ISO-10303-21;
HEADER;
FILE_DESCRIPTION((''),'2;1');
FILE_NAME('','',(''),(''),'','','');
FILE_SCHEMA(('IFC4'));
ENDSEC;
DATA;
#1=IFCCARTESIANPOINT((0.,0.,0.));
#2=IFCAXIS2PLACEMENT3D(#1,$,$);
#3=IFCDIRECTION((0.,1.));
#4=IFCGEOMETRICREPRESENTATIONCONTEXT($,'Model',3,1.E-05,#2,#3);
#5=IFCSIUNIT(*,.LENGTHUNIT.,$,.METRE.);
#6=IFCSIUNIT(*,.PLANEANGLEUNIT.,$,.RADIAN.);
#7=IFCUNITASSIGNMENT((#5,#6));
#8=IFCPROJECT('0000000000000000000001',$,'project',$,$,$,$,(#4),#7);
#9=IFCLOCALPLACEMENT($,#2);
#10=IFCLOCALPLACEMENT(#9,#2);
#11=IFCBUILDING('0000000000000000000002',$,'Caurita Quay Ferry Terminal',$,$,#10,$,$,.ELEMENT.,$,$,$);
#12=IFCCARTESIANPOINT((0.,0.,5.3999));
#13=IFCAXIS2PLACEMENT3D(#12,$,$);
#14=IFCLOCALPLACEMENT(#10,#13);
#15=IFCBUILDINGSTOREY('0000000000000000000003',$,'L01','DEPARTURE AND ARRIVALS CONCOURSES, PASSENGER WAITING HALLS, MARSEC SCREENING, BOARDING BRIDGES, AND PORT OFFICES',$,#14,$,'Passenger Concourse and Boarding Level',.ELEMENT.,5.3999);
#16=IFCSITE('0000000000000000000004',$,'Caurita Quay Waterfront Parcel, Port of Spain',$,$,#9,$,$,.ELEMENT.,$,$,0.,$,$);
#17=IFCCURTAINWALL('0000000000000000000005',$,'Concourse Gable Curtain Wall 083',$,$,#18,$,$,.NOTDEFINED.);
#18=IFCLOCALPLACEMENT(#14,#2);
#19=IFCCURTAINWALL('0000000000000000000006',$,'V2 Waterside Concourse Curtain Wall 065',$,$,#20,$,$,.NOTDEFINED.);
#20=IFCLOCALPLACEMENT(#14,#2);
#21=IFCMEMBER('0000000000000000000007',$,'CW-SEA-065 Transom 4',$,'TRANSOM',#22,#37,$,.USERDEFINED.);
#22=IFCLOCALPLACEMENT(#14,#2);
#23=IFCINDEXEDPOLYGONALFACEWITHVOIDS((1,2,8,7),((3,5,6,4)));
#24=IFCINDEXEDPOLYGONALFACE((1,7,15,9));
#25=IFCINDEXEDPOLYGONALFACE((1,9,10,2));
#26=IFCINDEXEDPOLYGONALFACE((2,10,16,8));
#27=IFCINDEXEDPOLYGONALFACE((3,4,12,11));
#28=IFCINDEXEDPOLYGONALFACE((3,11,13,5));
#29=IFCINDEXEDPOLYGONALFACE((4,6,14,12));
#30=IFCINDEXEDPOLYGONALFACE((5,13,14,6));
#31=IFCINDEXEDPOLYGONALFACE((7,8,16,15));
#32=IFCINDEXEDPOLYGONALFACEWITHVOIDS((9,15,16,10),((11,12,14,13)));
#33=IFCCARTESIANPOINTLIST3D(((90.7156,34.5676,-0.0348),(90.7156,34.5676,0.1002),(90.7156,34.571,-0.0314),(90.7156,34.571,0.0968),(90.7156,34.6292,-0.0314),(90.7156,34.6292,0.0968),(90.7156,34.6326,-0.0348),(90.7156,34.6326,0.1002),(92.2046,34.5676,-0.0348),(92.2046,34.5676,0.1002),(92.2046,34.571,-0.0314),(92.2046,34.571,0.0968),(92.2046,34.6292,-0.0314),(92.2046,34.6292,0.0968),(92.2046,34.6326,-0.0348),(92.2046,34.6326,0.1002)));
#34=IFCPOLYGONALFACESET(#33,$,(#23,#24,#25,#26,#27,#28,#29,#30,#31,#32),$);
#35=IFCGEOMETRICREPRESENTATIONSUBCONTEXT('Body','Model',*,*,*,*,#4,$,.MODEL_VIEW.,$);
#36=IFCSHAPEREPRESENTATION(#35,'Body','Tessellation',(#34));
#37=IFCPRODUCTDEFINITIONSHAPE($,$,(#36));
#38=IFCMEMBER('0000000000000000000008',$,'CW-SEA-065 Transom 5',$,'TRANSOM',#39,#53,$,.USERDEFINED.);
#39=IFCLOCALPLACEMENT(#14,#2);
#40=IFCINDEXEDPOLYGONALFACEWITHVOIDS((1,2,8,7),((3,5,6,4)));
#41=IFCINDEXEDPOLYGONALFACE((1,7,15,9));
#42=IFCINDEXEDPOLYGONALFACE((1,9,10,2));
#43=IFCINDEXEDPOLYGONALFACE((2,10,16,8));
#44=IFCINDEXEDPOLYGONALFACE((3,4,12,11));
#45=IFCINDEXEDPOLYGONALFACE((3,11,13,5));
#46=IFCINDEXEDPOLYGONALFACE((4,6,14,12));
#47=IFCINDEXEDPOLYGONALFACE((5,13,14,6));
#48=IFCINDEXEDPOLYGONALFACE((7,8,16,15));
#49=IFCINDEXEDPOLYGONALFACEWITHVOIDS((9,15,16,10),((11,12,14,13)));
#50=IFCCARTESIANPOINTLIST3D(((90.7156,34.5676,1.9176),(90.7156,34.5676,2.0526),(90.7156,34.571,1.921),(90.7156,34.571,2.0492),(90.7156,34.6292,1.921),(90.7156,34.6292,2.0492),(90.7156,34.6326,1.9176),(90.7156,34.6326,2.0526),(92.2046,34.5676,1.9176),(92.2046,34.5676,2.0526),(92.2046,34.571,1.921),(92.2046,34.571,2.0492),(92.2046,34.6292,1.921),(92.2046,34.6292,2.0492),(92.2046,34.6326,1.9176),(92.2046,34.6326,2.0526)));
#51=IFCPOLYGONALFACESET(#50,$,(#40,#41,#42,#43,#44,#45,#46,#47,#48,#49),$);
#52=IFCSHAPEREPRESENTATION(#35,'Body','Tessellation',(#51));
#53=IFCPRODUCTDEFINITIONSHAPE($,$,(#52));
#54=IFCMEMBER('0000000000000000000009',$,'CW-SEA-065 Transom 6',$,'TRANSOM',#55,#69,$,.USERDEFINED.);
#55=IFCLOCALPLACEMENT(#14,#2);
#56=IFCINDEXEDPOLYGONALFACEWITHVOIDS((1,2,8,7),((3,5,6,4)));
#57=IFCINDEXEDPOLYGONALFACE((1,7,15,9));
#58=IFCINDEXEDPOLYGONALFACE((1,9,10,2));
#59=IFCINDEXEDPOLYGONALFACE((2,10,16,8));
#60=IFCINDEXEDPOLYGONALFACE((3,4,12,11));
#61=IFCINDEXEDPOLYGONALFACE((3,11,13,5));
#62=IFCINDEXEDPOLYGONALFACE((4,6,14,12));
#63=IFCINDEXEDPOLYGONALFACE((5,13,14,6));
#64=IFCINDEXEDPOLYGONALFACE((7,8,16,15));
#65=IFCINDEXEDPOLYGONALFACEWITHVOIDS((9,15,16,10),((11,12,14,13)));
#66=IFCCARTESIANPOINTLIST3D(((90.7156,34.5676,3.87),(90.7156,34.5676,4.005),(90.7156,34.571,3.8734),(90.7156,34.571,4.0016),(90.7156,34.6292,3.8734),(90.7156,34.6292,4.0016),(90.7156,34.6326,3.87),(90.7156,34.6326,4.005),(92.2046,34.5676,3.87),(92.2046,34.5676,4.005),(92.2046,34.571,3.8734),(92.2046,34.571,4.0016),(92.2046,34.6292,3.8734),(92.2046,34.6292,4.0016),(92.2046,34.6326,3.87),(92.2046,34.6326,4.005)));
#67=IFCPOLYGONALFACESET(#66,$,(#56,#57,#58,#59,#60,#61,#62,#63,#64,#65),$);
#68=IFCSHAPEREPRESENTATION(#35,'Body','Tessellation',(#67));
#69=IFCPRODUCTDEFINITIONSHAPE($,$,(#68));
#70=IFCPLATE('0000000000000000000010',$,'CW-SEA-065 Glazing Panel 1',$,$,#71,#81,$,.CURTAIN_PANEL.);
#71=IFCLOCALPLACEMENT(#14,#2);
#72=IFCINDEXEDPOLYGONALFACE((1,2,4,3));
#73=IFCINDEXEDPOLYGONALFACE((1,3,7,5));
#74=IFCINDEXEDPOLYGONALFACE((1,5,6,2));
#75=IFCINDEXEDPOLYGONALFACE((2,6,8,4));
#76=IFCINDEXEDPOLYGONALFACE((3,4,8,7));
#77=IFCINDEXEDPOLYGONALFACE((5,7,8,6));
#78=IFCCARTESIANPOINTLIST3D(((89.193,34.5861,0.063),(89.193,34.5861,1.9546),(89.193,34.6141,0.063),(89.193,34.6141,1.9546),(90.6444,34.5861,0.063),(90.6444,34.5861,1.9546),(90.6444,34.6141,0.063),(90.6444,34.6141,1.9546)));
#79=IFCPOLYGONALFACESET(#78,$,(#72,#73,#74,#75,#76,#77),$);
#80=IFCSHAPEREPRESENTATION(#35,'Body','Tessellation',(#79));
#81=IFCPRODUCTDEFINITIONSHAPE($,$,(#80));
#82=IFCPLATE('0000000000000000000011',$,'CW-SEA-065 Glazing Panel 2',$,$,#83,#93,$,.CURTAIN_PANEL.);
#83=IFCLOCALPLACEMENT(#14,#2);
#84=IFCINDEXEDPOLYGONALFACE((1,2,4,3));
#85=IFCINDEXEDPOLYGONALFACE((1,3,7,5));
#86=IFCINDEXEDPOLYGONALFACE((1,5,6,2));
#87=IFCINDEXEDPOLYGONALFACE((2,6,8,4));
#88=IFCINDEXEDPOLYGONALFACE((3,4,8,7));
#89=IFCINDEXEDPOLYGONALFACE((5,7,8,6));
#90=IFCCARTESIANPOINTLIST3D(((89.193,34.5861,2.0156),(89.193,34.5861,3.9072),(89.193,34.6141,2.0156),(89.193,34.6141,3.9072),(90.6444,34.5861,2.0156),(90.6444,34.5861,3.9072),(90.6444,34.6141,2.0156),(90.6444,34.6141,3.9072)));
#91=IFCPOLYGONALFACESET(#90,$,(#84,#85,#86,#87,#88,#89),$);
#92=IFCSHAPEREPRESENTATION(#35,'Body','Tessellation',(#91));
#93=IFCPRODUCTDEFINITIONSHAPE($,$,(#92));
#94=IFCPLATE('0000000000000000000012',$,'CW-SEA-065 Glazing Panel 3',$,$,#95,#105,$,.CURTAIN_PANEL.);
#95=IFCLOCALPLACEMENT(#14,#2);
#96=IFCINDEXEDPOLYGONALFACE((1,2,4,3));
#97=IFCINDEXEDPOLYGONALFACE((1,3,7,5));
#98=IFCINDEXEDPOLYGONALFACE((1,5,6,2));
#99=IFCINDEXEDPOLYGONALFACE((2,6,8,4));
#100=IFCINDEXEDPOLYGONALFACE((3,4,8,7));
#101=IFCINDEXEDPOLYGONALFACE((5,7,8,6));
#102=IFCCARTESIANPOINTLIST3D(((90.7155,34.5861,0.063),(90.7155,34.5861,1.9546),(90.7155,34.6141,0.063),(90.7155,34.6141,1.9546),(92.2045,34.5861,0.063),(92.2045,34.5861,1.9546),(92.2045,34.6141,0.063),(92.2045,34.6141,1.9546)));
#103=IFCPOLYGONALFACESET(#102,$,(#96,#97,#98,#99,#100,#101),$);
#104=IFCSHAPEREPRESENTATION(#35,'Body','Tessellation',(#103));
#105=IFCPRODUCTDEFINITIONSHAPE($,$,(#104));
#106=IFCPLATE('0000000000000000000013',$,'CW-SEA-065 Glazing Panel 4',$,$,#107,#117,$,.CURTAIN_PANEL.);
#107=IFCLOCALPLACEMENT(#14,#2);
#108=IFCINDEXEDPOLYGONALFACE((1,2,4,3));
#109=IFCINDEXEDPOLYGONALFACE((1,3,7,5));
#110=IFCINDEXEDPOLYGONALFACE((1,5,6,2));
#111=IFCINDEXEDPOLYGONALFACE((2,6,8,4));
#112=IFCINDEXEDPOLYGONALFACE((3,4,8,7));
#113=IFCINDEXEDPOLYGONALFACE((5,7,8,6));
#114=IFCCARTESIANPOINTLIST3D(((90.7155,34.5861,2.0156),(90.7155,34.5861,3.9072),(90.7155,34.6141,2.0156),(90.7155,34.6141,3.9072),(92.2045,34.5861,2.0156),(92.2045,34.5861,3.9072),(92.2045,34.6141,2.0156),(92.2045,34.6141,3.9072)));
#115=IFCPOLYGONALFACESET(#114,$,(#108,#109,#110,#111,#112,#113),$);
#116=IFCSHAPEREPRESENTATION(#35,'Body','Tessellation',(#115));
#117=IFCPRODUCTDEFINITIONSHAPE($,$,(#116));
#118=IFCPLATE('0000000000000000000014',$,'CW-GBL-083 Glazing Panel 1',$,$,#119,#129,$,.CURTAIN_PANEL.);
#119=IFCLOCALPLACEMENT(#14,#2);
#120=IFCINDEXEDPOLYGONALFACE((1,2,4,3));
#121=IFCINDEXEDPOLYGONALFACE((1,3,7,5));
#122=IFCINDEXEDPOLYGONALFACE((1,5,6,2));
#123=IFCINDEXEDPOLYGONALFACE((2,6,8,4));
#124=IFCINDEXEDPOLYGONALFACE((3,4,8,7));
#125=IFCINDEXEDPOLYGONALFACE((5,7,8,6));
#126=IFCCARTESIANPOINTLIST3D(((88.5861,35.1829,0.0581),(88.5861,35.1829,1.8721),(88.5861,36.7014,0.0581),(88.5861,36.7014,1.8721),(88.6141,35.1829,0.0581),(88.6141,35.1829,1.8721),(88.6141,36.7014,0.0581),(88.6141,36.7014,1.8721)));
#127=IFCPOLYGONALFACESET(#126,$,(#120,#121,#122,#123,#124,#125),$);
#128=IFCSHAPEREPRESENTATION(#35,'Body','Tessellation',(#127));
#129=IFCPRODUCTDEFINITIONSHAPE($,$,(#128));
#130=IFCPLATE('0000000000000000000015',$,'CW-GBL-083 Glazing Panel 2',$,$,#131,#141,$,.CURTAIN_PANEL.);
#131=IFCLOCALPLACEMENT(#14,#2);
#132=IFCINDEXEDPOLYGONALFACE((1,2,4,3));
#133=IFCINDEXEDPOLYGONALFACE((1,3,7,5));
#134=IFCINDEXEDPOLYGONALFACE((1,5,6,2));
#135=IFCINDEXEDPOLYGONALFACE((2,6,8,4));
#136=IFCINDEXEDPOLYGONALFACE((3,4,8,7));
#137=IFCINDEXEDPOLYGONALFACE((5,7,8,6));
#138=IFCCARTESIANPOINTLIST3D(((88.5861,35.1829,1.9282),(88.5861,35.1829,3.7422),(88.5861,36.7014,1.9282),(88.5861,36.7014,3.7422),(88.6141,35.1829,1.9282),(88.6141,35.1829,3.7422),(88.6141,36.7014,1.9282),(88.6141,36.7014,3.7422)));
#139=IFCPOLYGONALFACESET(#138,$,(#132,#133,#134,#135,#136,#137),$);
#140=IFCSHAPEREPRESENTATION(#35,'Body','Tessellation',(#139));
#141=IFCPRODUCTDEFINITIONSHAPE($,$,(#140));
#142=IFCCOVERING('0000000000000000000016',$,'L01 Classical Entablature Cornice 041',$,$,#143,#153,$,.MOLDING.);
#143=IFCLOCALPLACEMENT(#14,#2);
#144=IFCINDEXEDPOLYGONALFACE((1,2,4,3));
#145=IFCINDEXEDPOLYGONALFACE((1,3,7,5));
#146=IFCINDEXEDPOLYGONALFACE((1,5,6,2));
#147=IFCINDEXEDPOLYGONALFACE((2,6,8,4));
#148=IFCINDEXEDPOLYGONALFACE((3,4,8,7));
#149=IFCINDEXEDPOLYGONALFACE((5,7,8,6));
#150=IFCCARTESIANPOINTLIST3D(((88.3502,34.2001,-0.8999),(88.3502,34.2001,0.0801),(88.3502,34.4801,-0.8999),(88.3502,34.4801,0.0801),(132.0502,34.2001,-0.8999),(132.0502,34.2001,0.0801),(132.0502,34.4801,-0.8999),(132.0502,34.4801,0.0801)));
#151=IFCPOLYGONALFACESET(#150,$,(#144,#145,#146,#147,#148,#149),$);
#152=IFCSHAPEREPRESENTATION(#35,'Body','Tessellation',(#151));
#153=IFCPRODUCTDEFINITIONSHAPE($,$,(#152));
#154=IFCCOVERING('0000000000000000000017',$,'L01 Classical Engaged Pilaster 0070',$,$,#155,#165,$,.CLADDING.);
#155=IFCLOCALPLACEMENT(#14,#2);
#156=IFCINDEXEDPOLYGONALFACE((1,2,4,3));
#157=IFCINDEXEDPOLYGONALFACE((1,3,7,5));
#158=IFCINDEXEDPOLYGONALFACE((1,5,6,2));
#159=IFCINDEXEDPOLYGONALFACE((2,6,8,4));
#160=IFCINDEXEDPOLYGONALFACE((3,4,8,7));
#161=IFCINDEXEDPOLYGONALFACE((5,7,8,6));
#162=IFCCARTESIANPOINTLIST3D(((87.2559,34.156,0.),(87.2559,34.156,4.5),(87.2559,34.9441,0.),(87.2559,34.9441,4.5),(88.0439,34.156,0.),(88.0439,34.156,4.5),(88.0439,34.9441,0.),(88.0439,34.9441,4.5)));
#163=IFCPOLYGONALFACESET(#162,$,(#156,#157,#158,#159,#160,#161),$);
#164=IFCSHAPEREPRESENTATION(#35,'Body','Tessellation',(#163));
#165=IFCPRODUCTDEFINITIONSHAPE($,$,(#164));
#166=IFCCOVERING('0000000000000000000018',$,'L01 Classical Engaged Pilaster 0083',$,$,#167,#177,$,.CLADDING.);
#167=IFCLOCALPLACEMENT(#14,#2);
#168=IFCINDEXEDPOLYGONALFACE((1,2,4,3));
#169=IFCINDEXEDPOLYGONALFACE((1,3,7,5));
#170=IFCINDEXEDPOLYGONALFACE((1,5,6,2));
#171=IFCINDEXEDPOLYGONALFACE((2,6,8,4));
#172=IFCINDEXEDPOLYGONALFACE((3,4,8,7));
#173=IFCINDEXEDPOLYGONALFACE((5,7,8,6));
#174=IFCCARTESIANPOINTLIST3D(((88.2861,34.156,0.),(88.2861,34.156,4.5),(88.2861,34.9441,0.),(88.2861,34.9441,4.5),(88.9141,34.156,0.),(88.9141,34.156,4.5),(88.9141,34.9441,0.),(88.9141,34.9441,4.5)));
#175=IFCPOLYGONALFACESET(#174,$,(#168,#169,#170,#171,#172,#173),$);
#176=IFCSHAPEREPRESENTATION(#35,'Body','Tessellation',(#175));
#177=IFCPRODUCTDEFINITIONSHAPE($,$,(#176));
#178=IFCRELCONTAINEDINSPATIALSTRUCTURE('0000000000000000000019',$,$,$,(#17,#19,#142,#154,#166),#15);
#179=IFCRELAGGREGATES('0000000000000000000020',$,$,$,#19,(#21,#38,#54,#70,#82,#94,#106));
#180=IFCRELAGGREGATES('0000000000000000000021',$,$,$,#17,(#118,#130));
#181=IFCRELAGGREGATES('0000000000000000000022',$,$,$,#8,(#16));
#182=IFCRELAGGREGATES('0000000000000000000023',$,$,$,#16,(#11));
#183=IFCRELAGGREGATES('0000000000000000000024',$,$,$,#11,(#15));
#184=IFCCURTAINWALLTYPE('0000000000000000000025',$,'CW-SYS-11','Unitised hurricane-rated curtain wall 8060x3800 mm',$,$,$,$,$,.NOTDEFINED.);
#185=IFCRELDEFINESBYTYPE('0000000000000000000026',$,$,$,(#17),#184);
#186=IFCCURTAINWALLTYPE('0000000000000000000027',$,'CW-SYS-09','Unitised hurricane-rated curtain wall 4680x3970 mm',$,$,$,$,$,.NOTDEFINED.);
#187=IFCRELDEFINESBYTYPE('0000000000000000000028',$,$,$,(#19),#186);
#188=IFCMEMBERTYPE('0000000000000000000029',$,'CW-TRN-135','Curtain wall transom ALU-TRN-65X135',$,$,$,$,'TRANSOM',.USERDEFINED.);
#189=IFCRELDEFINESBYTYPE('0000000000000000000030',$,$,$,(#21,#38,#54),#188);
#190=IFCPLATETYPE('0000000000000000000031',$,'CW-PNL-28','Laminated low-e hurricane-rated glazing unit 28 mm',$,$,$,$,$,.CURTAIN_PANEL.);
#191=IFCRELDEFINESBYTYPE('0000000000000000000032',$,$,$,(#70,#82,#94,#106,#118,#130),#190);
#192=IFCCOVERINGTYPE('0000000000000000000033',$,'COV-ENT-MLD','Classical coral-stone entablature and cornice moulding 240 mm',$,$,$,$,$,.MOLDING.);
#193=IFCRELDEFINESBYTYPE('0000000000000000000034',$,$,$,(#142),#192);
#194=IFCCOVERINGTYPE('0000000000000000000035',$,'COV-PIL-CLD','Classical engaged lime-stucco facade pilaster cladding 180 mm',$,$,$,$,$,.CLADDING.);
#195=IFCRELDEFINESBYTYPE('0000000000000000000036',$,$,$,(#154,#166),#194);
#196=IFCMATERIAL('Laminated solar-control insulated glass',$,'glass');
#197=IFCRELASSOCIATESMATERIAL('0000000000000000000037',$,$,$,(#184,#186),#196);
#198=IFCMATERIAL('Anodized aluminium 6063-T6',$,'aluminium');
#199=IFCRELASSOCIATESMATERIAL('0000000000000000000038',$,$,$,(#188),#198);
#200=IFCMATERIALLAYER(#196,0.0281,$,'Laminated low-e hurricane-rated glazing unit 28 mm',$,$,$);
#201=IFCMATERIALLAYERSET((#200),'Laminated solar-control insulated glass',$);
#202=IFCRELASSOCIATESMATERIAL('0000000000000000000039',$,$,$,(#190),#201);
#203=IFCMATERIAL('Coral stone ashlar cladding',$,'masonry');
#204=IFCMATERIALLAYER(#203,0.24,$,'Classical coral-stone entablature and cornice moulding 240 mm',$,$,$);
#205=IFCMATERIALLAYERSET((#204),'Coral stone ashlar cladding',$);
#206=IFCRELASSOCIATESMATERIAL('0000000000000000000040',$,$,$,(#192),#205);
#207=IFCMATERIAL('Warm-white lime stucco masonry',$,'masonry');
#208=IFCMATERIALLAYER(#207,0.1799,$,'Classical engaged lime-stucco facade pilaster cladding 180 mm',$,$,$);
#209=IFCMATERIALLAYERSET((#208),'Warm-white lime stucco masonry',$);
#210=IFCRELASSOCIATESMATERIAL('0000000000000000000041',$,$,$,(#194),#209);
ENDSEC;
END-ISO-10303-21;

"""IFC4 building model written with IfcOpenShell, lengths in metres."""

from ifc_helpers import new_model, si_unit, direction, frame, frame_2d, origin, origin_2d, place, context, subcontext, project, spatial, rectangle, hollow_rectangle, extrude, material, layer, layer_set, material_profile, profile_set, type_object, element, aggregate, save


model = new_model("IFC4")

# Units and contexts
model_context = context("Model", 3, precision=1e-05, world=origin(), true_north=direction((0.0, 1.0)))
body_context = subcontext(model_context, "Body", "Model", "MODEL_VIEW")
ifc_project = project(units=[si_unit("LENGTHUNIT", "METRE"), si_unit("PLANEANGLEUNIT", "RADIAN")], contexts=[model_context])

# Site, building, storey
site_placement = place(None, origin())
site = spatial("IfcSite", under=ifc_project, at=site_placement, Name="Caurita Quay Waterfront Parcel, Port of Spain", CompositionType="ELEMENT", RefElevation=0.0)
building_placement = place(site_placement, origin())
building = spatial("IfcBuilding", under=site, at=building_placement, Name="Caurita Quay Ferry Terminal", CompositionType="ELEMENT")
storey_placement = place(building_placement, frame((0.0, 0.0, 5.3999)))
storey = spatial("IfcBuildingStorey", under=building, at=storey_placement, Name="L01", Description="DEPARTURE AND ARRIVALS CONCOURSES, PASSENGER WAITING HALLS, MARSEC SCREENING, BOARDING BRIDGES, AND PORT OFFICES", LongName="Passenger Concourse and Boarding Level", CompositionType="ELEMENT", Elevation=5.3999)

# Curtain walls
ifc_material_1 = material(Name="Laminated solar-control insulated glass", Category="glass")
curtain_wall_type_1 = type_object("IfcCurtainWallType", Name="CW-SYS-11", Description="Unitised hurricane-rated curtain wall 8060x3800 mm", PredefinedType="NOTDEFINED", material=ifc_material_1)
curtain_wall_1_placement = place(storey_placement, origin())
curtain_wall_1 = element("IfcCurtainWall", 1, at=curtain_wall_1_placement, inside=storey, type_object=curtain_wall_type_1, Name="Concourse Gable Curtain Wall 083", PredefinedType="NOTDEFINED")
ifc_material_2 = material(Name="Anodized aluminium 6063-T6", Category="aluminium")
curtain_wall_type_2 = type_object("IfcCurtainWallType", Name="CW-SYS-09", Description="Unitised hurricane-rated curtain wall 4680x3970 mm", PredefinedType="NOTDEFINED", material=ifc_material_1)
curtain_wall_2_placement = place(storey_placement, origin())
curtain_wall_2 = element("IfcCurtainWall", 2, at=curtain_wall_2_placement, inside=storey, type_object=curtain_wall_type_2, Name="V2 Waterside Concourse Curtain Wall 065", PredefinedType="NOTDEFINED")

# Members
ifc_material_profile_1 = material_profile(ifc_material_2, hollow_rectangle(XDim=0.0649, YDim=0.135, WallThickness=0.0034, at=origin_2d()), Name="ALU-TRN-65X135")
ifc_profile_set_1 = profile_set([ifc_material_profile_1], Name="Anodized aluminium 6063-T6")
member_type_1 = type_object("IfcMemberType", Name="CW-TRN-135", Description="Curtain wall transom ALU-TRN-65X135", ElementType="TRANSOM", PredefinedType="USERDEFINED", material=ifc_profile_set_1)
member_1_placement = place(storey_placement, frame((90.7156, 34.6001, 0.0327), z_axis=(1.0, 0.0, 0.0), x_axis=(0.0, 1.0, 0.0)))
member_1 = element("IfcMember", 3, at=member_1_placement, type_object=member_type_1, Name="CW-SEA-065 Transom 4", ObjectType="TRANSOM", PredefinedType="USERDEFINED", context=body_context, shape_type="SweptSolid", body=[
    extrude(hollow_rectangle(XDim=0.0649, YDim=0.135, WallThickness=0.0034, at=origin_2d()), origin(), (0.0, 0.0, 1.0), 1.489),
])
member_2_placement = place(storey_placement, frame((90.7156, 34.6001, 1.9851), z_axis=(1.0, 0.0, 0.0), x_axis=(0.0, 1.0, 0.0)))
member_2 = element("IfcMember", 4, at=member_2_placement, type_object=member_type_1, Name="CW-SEA-065 Transom 5", ObjectType="TRANSOM", PredefinedType="USERDEFINED", context=body_context, shape_type="SweptSolid", body=[
    extrude(hollow_rectangle(XDim=0.0649, YDim=0.135, WallThickness=0.0034, at=origin_2d()), origin(), (0.0, 0.0, 1.0), 1.489),
])
member_3_placement = place(storey_placement, frame((90.7156, 34.6001, 3.9375), z_axis=(1.0, 0.0, 0.0), x_axis=(0.0, 1.0, 0.0)))
member_3 = element("IfcMember", 5, at=member_3_placement, type_object=member_type_1, Name="CW-SEA-065 Transom 6", ObjectType="TRANSOM", PredefinedType="USERDEFINED", context=body_context, shape_type="SweptSolid", body=[
    extrude(hollow_rectangle(XDim=0.0649, YDim=0.135, WallThickness=0.0034, at=origin_2d()), origin(), (0.0, 0.0, 1.0), 1.489),
])

# Plates
ifc_layer_1 = layer(ifc_material_1, 0.0281, Name="Laminated low-e hurricane-rated glazing unit 28 mm")
ifc_layer_set_1 = layer_set([ifc_layer_1], Name="Laminated solar-control insulated glass")
plate_type = type_object("IfcPlateType", Name="CW-PNL-28", Description="Laminated low-e hurricane-rated glazing unit 28 mm", PredefinedType="CURTAIN_PANEL", material=ifc_layer_set_1)
plate_1_placement = place(storey_placement, frame((89.9187, 34.6001, 0.063), z_axis=(0.0, 0.0, 1.0), x_axis=(1.0, 0.0, 0.0)))
plate_1 = element("IfcPlate", 6, at=plate_1_placement, type_object=plate_type, Name="CW-SEA-065 Glazing Panel 1", PredefinedType="CURTAIN_PANEL", context=body_context, shape_type="SweptSolid", body=[
    extrude(rectangle(XDim=1.4514, YDim=0.0281, at=origin_2d()), origin(), (0.0, 0.0, 1.0), 1.8916),
])
plate_2_placement = place(storey_placement, frame((89.9187, 34.6001, 2.0156), z_axis=(0.0, 0.0, 1.0), x_axis=(1.0, 0.0, 0.0)))
plate_2 = element("IfcPlate", 7, at=plate_2_placement, type_object=plate_type, Name="CW-SEA-065 Glazing Panel 2", PredefinedType="CURTAIN_PANEL", context=body_context, shape_type="SweptSolid", body=[
    extrude(rectangle(XDim=1.4514, YDim=0.0281, at=origin_2d()), origin(), (0.0, 0.0, 1.0), 1.8916),
])
plate_3_placement = place(storey_placement, frame((91.46, 34.6001, 0.063), z_axis=(0.0, 0.0, 1.0), x_axis=(1.0, 0.0, 0.0)))
plate_3 = element("IfcPlate", 8, at=plate_3_placement, type_object=plate_type, Name="CW-SEA-065 Glazing Panel 3", PredefinedType="CURTAIN_PANEL", context=body_context, shape_type="SweptSolid", body=[
    extrude(rectangle(XDim=1.489, YDim=0.0281, at=origin_2d()), origin(), (0.0, 0.0, 1.0), 1.8916),
])
plate_4_placement = place(storey_placement, frame((91.46, 34.6001, 2.0156), z_axis=(0.0, 0.0, 1.0), x_axis=(1.0, 0.0, 0.0)))
plate_4 = element("IfcPlate", 9, at=plate_4_placement, type_object=plate_type, Name="CW-SEA-065 Glazing Panel 4", PredefinedType="CURTAIN_PANEL", context=body_context, shape_type="SweptSolid", body=[
    extrude(rectangle(XDim=1.489, YDim=0.0281, at=origin_2d()), origin(), (0.0, 0.0, 1.0), 1.8916),
])
aggregate(curtain_wall_2, [member_1, member_2, member_3, plate_1, plate_2, plate_3, plate_4])
plate_5_placement = place(storey_placement, frame((88.6001, 35.9421, 0.0581), z_axis=(0.0, 0.0, 1.0), x_axis=(0.0, 1.0, 0.0)))
plate_5 = element("IfcPlate", 10, at=plate_5_placement, type_object=plate_type, Name="CW-GBL-083 Glazing Panel 1", PredefinedType="CURTAIN_PANEL", context=body_context, shape_type="SweptSolid", body=[
    extrude(rectangle(XDim=1.5186, YDim=0.0281, at=origin_2d()), origin(), (0.0, 0.0, 1.0), 1.814),
])
plate_6_placement = place(storey_placement, frame((88.6001, 35.9421, 1.9282), z_axis=(0.0, 0.0, 1.0), x_axis=(0.0, 1.0, 0.0)))
plate_6 = element("IfcPlate", 11, at=plate_6_placement, type_object=plate_type, Name="CW-GBL-083 Glazing Panel 2", PredefinedType="CURTAIN_PANEL", context=body_context, shape_type="SweptSolid", body=[
    extrude(rectangle(XDim=1.5186, YDim=0.0281, at=origin_2d()), origin(), (0.0, 0.0, 1.0), 1.814),
])
aggregate(curtain_wall_1, [plate_5, plate_6])

# Coverings
ifc_material_3 = material(Name="Coral stone ashlar cladding", Category="masonry")
ifc_layer_2 = layer(ifc_material_3, 0.24, Name="Classical coral-stone entablature and cornice moulding 240 mm")
ifc_layer_set_2 = layer_set([ifc_layer_2], Name="Coral stone ashlar cladding")
covering_type_1 = type_object("IfcCoveringType", Name="COV-ENT-MLD", Description="Classical coral-stone entablature and cornice moulding 240 mm", PredefinedType="MOLDING", material=ifc_layer_set_2)
covering_1_placement = place(storey_placement, frame((88.3501, 34.3401, -0.8999), z_axis=(0.0, 0.0, 1.0), x_axis=(1.0, 0.0, 0.0)))
element("IfcCovering", 12, at=covering_1_placement, inside=storey, type_object=covering_type_1, Name="L01 Classical Entablature Cornice 041", PredefinedType="MOLDING", context=body_context, shape_type="SweptSolid", body=[
    extrude(rectangle(XDim=43.7, YDim=0.28, at=frame_2d((21.8501, 0.0))), origin(), (0.0, 0.0, 1.0), 0.98),
])
ifc_material_4 = material(Name="Warm-white lime stucco masonry", Category="masonry")
ifc_layer_3 = layer(ifc_material_4, 0.1799, Name="Classical engaged lime-stucco facade pilaster cladding 180 mm")
ifc_layer_set_3 = layer_set([ifc_layer_3], Name="Warm-white lime stucco masonry")
covering_type_2 = type_object("IfcCoveringType", Name="COV-PIL-CLD", Description="Classical engaged lime-stucco facade pilaster cladding 180 mm", PredefinedType="CLADDING", material=ifc_layer_set_3)
covering_2_placement = place(storey_placement, frame((87.6499, 34.55, 0.0), z_axis=(0.0, 0.0, 1.0), x_axis=(1.0, 0.0, 0.0)))
element("IfcCovering", 13, at=covering_2_placement, inside=storey, type_object=covering_type_2, Name="L01 Classical Engaged Pilaster 0070", PredefinedType="CLADDING", context=body_context, shape_type="SweptSolid", body=[
    extrude(rectangle(XDim=0.7881, YDim=0.7881, at=origin_2d()), origin(), (0.0, 0.0, 1.0), 4.5),
])
covering_3_placement = place(storey_placement, frame((88.6001, 34.55, 0.0), z_axis=(0.0, 0.0, 1.0), x_axis=(1.0, 0.0, 0.0)))
element("IfcCovering", 14, at=covering_3_placement, inside=storey, type_object=covering_type_2, Name="L01 Classical Engaged Pilaster 0083", PredefinedType="CLADDING", context=body_context, shape_type="SweptSolid", body=[
    extrude(rectangle(XDim=0.6279, YDim=0.7881, at=origin_2d()), origin(), (0.0, 0.0, 1.0), 4.5),
])

save(model, "model.ifc")
